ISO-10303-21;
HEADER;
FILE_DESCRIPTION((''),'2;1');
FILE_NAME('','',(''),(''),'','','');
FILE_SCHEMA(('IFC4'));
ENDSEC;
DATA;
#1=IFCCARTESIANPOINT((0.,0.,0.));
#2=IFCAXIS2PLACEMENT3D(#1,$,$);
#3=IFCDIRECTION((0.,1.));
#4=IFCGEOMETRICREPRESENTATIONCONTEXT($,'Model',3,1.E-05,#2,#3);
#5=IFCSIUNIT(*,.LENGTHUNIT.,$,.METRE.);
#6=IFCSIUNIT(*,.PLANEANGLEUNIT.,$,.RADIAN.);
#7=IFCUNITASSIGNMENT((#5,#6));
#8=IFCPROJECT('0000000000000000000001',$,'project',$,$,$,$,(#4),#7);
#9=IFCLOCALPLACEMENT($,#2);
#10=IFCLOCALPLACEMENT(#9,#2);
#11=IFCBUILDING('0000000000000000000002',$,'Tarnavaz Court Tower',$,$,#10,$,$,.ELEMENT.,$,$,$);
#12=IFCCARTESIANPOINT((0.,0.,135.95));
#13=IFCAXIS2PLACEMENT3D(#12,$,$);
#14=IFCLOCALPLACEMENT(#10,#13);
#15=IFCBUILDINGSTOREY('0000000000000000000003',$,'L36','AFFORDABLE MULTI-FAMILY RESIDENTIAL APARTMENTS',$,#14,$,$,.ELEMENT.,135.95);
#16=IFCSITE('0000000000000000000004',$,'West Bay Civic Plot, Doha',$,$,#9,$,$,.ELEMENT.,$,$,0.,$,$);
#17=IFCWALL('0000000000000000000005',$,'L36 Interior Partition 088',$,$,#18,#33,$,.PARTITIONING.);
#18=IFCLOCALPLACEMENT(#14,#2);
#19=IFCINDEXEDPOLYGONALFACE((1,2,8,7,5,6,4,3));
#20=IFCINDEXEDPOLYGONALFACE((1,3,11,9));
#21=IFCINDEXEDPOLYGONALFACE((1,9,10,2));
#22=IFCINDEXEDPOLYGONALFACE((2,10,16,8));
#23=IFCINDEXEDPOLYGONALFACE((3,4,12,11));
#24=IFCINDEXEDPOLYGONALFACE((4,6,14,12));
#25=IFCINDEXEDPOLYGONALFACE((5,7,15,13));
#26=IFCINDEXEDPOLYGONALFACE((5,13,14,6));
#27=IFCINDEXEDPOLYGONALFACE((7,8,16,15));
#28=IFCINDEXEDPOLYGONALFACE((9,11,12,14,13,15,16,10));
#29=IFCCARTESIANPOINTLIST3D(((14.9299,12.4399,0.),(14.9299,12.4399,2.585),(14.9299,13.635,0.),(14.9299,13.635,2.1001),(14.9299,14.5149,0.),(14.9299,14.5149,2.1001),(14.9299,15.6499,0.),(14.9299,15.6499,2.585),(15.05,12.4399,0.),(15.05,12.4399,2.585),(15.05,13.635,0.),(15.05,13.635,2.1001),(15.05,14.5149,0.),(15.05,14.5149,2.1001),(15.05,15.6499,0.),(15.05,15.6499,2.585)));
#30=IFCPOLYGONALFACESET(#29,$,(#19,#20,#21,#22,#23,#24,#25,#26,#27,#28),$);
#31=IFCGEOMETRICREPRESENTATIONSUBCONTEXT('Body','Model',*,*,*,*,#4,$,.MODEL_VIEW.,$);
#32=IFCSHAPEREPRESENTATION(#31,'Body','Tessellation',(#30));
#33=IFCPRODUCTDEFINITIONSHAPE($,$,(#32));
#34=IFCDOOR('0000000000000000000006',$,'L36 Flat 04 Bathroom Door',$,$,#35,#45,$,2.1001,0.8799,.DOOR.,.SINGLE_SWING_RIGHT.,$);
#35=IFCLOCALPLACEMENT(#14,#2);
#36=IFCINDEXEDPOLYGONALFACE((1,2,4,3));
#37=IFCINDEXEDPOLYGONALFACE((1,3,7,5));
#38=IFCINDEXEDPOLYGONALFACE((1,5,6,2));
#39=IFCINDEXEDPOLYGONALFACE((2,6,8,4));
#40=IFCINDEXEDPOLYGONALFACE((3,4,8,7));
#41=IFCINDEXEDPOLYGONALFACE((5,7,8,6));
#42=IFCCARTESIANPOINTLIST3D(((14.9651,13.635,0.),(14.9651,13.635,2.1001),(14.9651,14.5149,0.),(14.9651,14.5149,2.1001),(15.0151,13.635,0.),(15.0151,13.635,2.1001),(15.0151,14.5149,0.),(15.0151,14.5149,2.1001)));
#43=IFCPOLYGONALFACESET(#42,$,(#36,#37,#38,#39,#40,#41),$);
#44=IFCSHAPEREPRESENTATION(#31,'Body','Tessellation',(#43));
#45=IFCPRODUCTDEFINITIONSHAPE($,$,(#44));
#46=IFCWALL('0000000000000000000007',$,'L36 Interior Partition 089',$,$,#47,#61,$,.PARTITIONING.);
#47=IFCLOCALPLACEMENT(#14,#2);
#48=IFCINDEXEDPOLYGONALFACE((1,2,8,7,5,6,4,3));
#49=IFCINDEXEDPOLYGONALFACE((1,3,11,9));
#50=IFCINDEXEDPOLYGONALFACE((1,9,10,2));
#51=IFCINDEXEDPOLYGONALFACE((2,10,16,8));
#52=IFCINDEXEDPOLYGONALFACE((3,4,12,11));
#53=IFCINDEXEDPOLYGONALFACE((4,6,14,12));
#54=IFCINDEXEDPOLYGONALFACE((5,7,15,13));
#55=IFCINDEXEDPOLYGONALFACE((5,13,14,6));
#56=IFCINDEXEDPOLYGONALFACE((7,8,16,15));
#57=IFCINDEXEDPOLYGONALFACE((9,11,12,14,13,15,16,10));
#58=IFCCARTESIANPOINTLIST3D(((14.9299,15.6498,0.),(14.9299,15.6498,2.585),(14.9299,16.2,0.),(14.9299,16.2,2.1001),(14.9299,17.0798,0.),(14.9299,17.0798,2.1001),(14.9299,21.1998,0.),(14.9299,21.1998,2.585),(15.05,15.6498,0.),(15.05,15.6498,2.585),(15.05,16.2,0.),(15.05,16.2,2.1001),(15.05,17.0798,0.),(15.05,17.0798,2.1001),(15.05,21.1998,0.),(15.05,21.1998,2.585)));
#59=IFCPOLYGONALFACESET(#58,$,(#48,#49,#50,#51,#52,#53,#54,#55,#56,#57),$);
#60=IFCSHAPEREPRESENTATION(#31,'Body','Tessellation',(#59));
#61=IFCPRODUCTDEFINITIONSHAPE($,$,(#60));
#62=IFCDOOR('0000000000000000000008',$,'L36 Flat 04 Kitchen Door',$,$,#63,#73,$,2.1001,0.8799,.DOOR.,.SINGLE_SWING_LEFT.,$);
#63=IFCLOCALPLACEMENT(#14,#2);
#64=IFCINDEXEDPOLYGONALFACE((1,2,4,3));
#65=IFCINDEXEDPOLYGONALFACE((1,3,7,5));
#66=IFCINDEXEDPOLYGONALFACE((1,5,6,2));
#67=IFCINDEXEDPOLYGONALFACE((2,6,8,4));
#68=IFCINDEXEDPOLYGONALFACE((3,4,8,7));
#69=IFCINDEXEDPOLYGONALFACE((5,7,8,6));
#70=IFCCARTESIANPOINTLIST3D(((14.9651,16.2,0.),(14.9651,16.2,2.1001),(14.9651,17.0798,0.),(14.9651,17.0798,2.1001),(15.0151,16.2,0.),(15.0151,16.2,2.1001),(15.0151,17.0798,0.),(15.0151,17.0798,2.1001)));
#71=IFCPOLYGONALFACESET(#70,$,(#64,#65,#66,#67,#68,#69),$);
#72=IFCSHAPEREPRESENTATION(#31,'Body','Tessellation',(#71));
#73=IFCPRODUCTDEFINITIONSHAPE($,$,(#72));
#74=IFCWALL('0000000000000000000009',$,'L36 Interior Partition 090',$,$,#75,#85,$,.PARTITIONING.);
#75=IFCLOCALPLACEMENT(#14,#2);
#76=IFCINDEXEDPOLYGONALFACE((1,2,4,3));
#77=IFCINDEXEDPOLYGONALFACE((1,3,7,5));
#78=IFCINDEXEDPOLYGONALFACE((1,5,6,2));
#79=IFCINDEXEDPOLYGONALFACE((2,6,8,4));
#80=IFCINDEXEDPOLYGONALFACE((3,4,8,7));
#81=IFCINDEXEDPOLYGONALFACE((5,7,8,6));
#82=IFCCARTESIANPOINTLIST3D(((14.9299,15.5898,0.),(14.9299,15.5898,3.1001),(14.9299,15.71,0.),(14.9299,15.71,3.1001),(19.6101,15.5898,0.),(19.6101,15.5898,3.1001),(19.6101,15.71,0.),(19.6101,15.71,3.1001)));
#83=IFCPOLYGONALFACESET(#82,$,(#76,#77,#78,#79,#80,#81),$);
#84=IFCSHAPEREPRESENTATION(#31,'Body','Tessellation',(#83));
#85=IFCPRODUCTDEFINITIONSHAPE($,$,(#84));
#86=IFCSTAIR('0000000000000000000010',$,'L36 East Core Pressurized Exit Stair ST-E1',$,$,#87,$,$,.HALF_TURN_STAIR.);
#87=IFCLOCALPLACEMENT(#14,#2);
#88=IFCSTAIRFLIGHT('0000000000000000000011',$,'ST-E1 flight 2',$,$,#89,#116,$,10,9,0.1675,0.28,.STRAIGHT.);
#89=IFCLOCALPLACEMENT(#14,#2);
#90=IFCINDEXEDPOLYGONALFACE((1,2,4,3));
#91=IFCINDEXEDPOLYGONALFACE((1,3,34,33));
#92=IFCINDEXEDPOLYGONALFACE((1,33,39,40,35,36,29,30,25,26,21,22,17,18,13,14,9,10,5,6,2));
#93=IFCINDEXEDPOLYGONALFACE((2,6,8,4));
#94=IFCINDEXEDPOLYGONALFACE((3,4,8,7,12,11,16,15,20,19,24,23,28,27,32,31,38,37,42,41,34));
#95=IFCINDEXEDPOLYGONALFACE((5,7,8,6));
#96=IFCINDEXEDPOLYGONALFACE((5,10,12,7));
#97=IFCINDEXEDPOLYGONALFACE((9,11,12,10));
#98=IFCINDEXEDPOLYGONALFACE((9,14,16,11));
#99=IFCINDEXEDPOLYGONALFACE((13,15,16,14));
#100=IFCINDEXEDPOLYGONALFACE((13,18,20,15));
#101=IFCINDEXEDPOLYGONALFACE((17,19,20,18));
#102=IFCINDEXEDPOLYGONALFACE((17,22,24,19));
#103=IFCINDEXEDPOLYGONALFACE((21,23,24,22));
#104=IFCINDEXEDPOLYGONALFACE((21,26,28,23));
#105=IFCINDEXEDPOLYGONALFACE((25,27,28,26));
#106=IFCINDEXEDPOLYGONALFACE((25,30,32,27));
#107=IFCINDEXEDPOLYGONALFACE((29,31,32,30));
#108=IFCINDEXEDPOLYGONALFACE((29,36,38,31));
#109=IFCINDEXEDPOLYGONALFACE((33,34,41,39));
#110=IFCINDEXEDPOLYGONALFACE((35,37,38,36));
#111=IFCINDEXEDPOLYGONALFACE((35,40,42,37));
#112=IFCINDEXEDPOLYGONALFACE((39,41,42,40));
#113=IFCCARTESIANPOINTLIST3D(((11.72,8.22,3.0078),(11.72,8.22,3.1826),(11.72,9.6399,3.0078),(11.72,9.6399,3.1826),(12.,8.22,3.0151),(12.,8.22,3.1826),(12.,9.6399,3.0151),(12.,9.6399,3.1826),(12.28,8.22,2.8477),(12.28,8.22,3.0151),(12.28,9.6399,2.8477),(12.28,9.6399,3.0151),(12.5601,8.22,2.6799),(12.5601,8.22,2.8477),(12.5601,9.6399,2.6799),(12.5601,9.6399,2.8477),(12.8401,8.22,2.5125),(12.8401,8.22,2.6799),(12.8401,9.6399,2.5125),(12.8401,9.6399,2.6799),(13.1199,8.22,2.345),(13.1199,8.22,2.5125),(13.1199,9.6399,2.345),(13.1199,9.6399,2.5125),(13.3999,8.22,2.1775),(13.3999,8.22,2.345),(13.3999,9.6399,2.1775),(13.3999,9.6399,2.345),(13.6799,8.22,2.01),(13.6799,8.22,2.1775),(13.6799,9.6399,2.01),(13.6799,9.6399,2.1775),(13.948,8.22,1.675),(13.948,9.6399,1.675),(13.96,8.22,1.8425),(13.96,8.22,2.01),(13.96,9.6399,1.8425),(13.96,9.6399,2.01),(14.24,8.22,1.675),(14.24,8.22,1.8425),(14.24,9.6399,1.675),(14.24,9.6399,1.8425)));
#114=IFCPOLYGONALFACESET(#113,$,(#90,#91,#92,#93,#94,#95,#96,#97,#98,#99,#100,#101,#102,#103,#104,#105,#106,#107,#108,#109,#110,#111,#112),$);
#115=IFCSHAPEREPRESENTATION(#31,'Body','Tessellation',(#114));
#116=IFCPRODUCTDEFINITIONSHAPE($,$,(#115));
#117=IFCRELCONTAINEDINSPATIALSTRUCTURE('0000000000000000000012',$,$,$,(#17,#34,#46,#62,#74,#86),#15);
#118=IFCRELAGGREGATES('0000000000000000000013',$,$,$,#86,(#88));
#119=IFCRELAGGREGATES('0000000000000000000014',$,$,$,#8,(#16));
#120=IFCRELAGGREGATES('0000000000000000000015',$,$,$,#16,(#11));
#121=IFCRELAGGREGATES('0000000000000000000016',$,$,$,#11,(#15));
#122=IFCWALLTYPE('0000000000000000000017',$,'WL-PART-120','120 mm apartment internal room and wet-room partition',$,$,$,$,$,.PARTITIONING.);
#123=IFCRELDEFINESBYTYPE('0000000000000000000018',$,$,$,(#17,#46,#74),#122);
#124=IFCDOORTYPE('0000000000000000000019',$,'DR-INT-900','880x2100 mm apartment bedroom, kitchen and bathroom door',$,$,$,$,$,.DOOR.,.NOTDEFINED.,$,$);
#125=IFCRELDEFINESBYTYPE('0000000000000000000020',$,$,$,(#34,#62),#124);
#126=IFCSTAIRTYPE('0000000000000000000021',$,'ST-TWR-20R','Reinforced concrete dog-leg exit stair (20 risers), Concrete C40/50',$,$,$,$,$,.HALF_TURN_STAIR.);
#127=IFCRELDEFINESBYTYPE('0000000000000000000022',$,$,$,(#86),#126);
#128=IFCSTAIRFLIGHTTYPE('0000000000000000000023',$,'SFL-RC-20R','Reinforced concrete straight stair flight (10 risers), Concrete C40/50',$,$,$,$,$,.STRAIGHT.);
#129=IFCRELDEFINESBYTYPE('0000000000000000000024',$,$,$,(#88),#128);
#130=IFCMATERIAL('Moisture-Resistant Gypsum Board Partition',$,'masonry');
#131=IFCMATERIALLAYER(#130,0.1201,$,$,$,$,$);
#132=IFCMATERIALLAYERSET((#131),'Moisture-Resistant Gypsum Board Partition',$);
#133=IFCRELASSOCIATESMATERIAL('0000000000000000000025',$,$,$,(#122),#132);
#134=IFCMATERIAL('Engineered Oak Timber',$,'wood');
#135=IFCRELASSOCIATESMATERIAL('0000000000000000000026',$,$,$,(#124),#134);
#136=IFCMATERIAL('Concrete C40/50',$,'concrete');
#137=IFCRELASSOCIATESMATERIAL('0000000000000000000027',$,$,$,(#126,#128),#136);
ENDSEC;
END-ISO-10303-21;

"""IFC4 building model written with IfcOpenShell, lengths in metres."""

from ifc_helpers import new_model, si_unit, direction, frame, frame_2d, origin, place, context, subcontext, project, spatial, polyline, rectangle, outline, extrude, material, layer, layer_set, type_object, element, fill, aggregate, save


model = new_model("IFC4")

# Units and contexts
model_context = context("Model", 3, precision=1e-05, world=origin(), true_north=direction((0.0, 1.0)))
body_context = subcontext(model_context, "Body", "Model", "MODEL_VIEW")
ifc_project = project(units=[si_unit("LENGTHUNIT", "METRE"), si_unit("PLANEANGLEUNIT", "RADIAN")], contexts=[model_context])

# Site, building, storey
site_placement = place(None, origin())
site = spatial("IfcSite", under=ifc_project, at=site_placement, Name="West Bay Civic Plot, Doha", CompositionType="ELEMENT", RefElevation=0.0)
building_placement = place(site_placement, origin())
building = spatial("IfcBuilding", under=site, at=building_placement, Name="Tarnavaz Court Tower", CompositionType="ELEMENT")
storey_placement = place(building_placement, frame((0.0, 0.0, 135.95)))
storey = spatial("IfcBuildingStorey", under=building, at=storey_placement, Name="L36", Description="AFFORDABLE MULTI-FAMILY RESIDENTIAL APARTMENTS", CompositionType="ELEMENT", Elevation=135.95)

# Walls, openings, doors
ifc_material_1 = material(Name="Moisture-Resistant Gypsum Board Partition", Category="masonry")
ifc_layer_1 = layer(ifc_material_1, 0.1201)
ifc_layer_set_1 = layer_set([ifc_layer_1], Name="Moisture-Resistant Gypsum Board Partition")
wall_type_1 = type_object("IfcWallType", Name="WL-PART-120", Description="120 mm apartment internal room and wet-room partition", PredefinedType="PARTITIONING", material=ifc_layer_set_1)
wall_1_placement = place(storey_placement, frame((14.99, 12.4399, 0.0), z_axis=(0.0, 0.0, 1.0), x_axis=(0.0, 1.0, 0.0)))
wall_1 = element("IfcWall", 1, at=wall_1_placement, inside=storey, type_object=wall_type_1, Name="L36 Interior Partition 088", PredefinedType="PARTITIONING", context=body_context, shape_type="SweptSolid", body=[
    extrude(rectangle(XDim=3.21, YDim=0.1201, at=frame_2d((1.605, 0.0))), origin(), (0.0, 0.0, 1.0), 2.585),
])
opening_1_placement = place(wall_1_placement, frame((1.1951, 0.0, 0.0)))
opening_1 = element("IfcOpeningElement", 2, at=opening_1_placement, cuts=wall_1, PredefinedType="OPENING", context=body_context, shape_type="SweptSolid", body=[
    extrude(rectangle(XDim=0.8799, YDim=2.1001, at=frame_2d((0.4399, 1.05))), frame((0.0, 0.0701, 0.0), z_axis=(0.0, -1.0, 0.0), x_axis=(1.0, 0.0, 0.0)), (0.0, 0.0, 1.0), 0.1401),
])
ifc_material_2 = material(Name="Engineered Oak Timber", Category="wood")
door_type = type_object("IfcDoorType", Name="DR-INT-900", Description="880x2100 mm apartment bedroom, kitchen and bathroom door", OperationType="NOTDEFINED", PredefinedType="DOOR", material=ifc_material_2)
door_1_placement = place(opening_1_placement, origin())
door_1 = element("IfcDoor", 3, at=door_1_placement, inside=storey, type_object=door_type, Name="L36 Flat 04 Bathroom Door", OperationType="SINGLE_SWING_RIGHT", OverallHeight=2.1001, OverallWidth=0.8799, PredefinedType="DOOR", context=body_context, shape_type="SweptSolid", body=[
    extrude(rectangle(XDim=0.8799, YDim=2.1001, at=frame_2d((0.4399, 1.05))), frame((0.0, 0.0249, 0.0), z_axis=(0.0, -1.0, 0.0), x_axis=(1.0, 0.0, 0.0)), (0.0, 0.0, 1.0), 0.05),
])
fill(opening_1, door_1)
wall_2_placement = place(storey_placement, frame((14.99, 15.6499, 0.0), z_axis=(0.0, 0.0, 1.0), x_axis=(0.0, 1.0, 0.0)))
wall_2 = element("IfcWall", 4, at=wall_2_placement, inside=storey, type_object=wall_type_1, Name="L36 Interior Partition 089", PredefinedType="PARTITIONING", context=body_context, shape_type="SweptSolid", body=[
    extrude(rectangle(XDim=5.55, YDim=0.1201, at=frame_2d((2.7749, 0.0))), origin(), (0.0, 0.0, 1.0), 2.585),
])
opening_2_placement = place(wall_2_placement, frame((0.55, 0.0, 0.0)))
opening_2 = element("IfcOpeningElement", 5, at=opening_2_placement, cuts=wall_2, PredefinedType="OPENING", context=body_context, shape_type="SweptSolid", body=[
    extrude(rectangle(XDim=0.8799, YDim=2.1001, at=frame_2d((0.4399, 1.05))), frame((0.0, 0.0701, 0.0), z_axis=(0.0, -1.0, 0.0), x_axis=(1.0, 0.0, 0.0)), (0.0, 0.0, 1.0), 0.1401),
])
door_2_placement = place(opening_2_placement, origin())
door_2 = element("IfcDoor", 6, at=door_2_placement, inside=storey, type_object=door_type, Name="L36 Flat 04 Kitchen Door", OperationType="SINGLE_SWING_LEFT", OverallHeight=2.1001, OverallWidth=0.8799, PredefinedType="DOOR", context=body_context, shape_type="SweptSolid", body=[
    extrude(rectangle(XDim=0.8799, YDim=2.1001, at=frame_2d((0.4399, 1.05))), frame((0.0, 0.0249, 0.0), z_axis=(0.0, -1.0, 0.0), x_axis=(1.0, 0.0, 0.0)), (0.0, 0.0, 1.0), 0.05),
])
fill(opening_2, door_2)

# Wall
wall_3_placement = place(storey_placement, frame((14.9299, 15.6499, 0.0), z_axis=(0.0, 0.0, 1.0), x_axis=(1.0, 0.0, 0.0)))
element("IfcWall", 7, at=wall_3_placement, inside=storey, type_object=wall_type_1, Name="L36 Interior Partition 090", PredefinedType="PARTITIONING", context=body_context, shape_type="SweptSolid", body=[
    extrude(rectangle(XDim=4.6802, YDim=0.1201, at=frame_2d((2.3401, 0.0))), origin(), (0.0, 0.0, 1.0), 3.1001),
])

# Stair, stair flight
ifc_material_3 = material(Name="Concrete C40/50", Category="concrete")
stair_type = type_object("IfcStairType", Name="ST-TWR-20R", Description="Reinforced concrete dog-leg exit stair (20 risers), Concrete C40/50", PredefinedType="HALF_TURN_STAIR", material=ifc_material_3)
stair_placement = place(storey_placement, origin())
stair = element("IfcStair", 8, at=stair_placement, inside=storey, type_object=stair_type, Name="L36 East Core Pressurized Exit Stair ST-E1", PredefinedType="HALF_TURN_STAIR")
stair_flight_type = type_object("IfcStairFlightType", Name="SFL-RC-20R", Description="Reinforced concrete straight stair flight (10 risers), Concrete C40/50", PredefinedType="STRAIGHT", material=ifc_material_3)
stair_flight_placement = place(storey_placement, frame((14.24, 8.9299, 1.675), z_axis=(0.0, 0.0, 1.0), x_axis=(-1.0, 0.0, 0.0)))
stair_flight = element("IfcStairFlight", 9, at=stair_flight_placement, type_object=stair_flight_type, Name="ST-E1 flight 2", NumberOfRisers=10, NumberOfTreads=9, PredefinedType="STRAIGHT", RiserHeight=0.1675, TreadLength=0.28, context=body_context, shape_type="SweptSolid", body=[
    extrude(outline(polyline([(0.0, 0.0), (0.0, 0.1675), (0.28, 0.1675), (0.28, 0.335), (0.5601, 0.335), (0.5601, 0.5024), (0.8401, 0.5024), (0.8401, 0.6699), (1.1201, 0.6699), (1.1201, 0.8374), (1.3999, 0.8374), (1.3999, 1.0049), (1.6799, 1.0049), (1.6799, 1.1726), (1.96, 1.1726), (1.96, 1.3401), (2.24, 1.3401), (2.24, 1.5076), (2.52, 1.5076), (2.52, 1.675), (2.52, 1.3328), (0.292, 0.0), (0.0, 0.0)])), frame((0.0, 0.71, 0.0), z_axis=(0.0, -1.0, 0.0), x_axis=(1.0, 0.0, 0.0)), (0.0, 0.0, 1.0), 1.4199),
])
aggregate(stair, [stair_flight])

save(model, "model.ifc")
